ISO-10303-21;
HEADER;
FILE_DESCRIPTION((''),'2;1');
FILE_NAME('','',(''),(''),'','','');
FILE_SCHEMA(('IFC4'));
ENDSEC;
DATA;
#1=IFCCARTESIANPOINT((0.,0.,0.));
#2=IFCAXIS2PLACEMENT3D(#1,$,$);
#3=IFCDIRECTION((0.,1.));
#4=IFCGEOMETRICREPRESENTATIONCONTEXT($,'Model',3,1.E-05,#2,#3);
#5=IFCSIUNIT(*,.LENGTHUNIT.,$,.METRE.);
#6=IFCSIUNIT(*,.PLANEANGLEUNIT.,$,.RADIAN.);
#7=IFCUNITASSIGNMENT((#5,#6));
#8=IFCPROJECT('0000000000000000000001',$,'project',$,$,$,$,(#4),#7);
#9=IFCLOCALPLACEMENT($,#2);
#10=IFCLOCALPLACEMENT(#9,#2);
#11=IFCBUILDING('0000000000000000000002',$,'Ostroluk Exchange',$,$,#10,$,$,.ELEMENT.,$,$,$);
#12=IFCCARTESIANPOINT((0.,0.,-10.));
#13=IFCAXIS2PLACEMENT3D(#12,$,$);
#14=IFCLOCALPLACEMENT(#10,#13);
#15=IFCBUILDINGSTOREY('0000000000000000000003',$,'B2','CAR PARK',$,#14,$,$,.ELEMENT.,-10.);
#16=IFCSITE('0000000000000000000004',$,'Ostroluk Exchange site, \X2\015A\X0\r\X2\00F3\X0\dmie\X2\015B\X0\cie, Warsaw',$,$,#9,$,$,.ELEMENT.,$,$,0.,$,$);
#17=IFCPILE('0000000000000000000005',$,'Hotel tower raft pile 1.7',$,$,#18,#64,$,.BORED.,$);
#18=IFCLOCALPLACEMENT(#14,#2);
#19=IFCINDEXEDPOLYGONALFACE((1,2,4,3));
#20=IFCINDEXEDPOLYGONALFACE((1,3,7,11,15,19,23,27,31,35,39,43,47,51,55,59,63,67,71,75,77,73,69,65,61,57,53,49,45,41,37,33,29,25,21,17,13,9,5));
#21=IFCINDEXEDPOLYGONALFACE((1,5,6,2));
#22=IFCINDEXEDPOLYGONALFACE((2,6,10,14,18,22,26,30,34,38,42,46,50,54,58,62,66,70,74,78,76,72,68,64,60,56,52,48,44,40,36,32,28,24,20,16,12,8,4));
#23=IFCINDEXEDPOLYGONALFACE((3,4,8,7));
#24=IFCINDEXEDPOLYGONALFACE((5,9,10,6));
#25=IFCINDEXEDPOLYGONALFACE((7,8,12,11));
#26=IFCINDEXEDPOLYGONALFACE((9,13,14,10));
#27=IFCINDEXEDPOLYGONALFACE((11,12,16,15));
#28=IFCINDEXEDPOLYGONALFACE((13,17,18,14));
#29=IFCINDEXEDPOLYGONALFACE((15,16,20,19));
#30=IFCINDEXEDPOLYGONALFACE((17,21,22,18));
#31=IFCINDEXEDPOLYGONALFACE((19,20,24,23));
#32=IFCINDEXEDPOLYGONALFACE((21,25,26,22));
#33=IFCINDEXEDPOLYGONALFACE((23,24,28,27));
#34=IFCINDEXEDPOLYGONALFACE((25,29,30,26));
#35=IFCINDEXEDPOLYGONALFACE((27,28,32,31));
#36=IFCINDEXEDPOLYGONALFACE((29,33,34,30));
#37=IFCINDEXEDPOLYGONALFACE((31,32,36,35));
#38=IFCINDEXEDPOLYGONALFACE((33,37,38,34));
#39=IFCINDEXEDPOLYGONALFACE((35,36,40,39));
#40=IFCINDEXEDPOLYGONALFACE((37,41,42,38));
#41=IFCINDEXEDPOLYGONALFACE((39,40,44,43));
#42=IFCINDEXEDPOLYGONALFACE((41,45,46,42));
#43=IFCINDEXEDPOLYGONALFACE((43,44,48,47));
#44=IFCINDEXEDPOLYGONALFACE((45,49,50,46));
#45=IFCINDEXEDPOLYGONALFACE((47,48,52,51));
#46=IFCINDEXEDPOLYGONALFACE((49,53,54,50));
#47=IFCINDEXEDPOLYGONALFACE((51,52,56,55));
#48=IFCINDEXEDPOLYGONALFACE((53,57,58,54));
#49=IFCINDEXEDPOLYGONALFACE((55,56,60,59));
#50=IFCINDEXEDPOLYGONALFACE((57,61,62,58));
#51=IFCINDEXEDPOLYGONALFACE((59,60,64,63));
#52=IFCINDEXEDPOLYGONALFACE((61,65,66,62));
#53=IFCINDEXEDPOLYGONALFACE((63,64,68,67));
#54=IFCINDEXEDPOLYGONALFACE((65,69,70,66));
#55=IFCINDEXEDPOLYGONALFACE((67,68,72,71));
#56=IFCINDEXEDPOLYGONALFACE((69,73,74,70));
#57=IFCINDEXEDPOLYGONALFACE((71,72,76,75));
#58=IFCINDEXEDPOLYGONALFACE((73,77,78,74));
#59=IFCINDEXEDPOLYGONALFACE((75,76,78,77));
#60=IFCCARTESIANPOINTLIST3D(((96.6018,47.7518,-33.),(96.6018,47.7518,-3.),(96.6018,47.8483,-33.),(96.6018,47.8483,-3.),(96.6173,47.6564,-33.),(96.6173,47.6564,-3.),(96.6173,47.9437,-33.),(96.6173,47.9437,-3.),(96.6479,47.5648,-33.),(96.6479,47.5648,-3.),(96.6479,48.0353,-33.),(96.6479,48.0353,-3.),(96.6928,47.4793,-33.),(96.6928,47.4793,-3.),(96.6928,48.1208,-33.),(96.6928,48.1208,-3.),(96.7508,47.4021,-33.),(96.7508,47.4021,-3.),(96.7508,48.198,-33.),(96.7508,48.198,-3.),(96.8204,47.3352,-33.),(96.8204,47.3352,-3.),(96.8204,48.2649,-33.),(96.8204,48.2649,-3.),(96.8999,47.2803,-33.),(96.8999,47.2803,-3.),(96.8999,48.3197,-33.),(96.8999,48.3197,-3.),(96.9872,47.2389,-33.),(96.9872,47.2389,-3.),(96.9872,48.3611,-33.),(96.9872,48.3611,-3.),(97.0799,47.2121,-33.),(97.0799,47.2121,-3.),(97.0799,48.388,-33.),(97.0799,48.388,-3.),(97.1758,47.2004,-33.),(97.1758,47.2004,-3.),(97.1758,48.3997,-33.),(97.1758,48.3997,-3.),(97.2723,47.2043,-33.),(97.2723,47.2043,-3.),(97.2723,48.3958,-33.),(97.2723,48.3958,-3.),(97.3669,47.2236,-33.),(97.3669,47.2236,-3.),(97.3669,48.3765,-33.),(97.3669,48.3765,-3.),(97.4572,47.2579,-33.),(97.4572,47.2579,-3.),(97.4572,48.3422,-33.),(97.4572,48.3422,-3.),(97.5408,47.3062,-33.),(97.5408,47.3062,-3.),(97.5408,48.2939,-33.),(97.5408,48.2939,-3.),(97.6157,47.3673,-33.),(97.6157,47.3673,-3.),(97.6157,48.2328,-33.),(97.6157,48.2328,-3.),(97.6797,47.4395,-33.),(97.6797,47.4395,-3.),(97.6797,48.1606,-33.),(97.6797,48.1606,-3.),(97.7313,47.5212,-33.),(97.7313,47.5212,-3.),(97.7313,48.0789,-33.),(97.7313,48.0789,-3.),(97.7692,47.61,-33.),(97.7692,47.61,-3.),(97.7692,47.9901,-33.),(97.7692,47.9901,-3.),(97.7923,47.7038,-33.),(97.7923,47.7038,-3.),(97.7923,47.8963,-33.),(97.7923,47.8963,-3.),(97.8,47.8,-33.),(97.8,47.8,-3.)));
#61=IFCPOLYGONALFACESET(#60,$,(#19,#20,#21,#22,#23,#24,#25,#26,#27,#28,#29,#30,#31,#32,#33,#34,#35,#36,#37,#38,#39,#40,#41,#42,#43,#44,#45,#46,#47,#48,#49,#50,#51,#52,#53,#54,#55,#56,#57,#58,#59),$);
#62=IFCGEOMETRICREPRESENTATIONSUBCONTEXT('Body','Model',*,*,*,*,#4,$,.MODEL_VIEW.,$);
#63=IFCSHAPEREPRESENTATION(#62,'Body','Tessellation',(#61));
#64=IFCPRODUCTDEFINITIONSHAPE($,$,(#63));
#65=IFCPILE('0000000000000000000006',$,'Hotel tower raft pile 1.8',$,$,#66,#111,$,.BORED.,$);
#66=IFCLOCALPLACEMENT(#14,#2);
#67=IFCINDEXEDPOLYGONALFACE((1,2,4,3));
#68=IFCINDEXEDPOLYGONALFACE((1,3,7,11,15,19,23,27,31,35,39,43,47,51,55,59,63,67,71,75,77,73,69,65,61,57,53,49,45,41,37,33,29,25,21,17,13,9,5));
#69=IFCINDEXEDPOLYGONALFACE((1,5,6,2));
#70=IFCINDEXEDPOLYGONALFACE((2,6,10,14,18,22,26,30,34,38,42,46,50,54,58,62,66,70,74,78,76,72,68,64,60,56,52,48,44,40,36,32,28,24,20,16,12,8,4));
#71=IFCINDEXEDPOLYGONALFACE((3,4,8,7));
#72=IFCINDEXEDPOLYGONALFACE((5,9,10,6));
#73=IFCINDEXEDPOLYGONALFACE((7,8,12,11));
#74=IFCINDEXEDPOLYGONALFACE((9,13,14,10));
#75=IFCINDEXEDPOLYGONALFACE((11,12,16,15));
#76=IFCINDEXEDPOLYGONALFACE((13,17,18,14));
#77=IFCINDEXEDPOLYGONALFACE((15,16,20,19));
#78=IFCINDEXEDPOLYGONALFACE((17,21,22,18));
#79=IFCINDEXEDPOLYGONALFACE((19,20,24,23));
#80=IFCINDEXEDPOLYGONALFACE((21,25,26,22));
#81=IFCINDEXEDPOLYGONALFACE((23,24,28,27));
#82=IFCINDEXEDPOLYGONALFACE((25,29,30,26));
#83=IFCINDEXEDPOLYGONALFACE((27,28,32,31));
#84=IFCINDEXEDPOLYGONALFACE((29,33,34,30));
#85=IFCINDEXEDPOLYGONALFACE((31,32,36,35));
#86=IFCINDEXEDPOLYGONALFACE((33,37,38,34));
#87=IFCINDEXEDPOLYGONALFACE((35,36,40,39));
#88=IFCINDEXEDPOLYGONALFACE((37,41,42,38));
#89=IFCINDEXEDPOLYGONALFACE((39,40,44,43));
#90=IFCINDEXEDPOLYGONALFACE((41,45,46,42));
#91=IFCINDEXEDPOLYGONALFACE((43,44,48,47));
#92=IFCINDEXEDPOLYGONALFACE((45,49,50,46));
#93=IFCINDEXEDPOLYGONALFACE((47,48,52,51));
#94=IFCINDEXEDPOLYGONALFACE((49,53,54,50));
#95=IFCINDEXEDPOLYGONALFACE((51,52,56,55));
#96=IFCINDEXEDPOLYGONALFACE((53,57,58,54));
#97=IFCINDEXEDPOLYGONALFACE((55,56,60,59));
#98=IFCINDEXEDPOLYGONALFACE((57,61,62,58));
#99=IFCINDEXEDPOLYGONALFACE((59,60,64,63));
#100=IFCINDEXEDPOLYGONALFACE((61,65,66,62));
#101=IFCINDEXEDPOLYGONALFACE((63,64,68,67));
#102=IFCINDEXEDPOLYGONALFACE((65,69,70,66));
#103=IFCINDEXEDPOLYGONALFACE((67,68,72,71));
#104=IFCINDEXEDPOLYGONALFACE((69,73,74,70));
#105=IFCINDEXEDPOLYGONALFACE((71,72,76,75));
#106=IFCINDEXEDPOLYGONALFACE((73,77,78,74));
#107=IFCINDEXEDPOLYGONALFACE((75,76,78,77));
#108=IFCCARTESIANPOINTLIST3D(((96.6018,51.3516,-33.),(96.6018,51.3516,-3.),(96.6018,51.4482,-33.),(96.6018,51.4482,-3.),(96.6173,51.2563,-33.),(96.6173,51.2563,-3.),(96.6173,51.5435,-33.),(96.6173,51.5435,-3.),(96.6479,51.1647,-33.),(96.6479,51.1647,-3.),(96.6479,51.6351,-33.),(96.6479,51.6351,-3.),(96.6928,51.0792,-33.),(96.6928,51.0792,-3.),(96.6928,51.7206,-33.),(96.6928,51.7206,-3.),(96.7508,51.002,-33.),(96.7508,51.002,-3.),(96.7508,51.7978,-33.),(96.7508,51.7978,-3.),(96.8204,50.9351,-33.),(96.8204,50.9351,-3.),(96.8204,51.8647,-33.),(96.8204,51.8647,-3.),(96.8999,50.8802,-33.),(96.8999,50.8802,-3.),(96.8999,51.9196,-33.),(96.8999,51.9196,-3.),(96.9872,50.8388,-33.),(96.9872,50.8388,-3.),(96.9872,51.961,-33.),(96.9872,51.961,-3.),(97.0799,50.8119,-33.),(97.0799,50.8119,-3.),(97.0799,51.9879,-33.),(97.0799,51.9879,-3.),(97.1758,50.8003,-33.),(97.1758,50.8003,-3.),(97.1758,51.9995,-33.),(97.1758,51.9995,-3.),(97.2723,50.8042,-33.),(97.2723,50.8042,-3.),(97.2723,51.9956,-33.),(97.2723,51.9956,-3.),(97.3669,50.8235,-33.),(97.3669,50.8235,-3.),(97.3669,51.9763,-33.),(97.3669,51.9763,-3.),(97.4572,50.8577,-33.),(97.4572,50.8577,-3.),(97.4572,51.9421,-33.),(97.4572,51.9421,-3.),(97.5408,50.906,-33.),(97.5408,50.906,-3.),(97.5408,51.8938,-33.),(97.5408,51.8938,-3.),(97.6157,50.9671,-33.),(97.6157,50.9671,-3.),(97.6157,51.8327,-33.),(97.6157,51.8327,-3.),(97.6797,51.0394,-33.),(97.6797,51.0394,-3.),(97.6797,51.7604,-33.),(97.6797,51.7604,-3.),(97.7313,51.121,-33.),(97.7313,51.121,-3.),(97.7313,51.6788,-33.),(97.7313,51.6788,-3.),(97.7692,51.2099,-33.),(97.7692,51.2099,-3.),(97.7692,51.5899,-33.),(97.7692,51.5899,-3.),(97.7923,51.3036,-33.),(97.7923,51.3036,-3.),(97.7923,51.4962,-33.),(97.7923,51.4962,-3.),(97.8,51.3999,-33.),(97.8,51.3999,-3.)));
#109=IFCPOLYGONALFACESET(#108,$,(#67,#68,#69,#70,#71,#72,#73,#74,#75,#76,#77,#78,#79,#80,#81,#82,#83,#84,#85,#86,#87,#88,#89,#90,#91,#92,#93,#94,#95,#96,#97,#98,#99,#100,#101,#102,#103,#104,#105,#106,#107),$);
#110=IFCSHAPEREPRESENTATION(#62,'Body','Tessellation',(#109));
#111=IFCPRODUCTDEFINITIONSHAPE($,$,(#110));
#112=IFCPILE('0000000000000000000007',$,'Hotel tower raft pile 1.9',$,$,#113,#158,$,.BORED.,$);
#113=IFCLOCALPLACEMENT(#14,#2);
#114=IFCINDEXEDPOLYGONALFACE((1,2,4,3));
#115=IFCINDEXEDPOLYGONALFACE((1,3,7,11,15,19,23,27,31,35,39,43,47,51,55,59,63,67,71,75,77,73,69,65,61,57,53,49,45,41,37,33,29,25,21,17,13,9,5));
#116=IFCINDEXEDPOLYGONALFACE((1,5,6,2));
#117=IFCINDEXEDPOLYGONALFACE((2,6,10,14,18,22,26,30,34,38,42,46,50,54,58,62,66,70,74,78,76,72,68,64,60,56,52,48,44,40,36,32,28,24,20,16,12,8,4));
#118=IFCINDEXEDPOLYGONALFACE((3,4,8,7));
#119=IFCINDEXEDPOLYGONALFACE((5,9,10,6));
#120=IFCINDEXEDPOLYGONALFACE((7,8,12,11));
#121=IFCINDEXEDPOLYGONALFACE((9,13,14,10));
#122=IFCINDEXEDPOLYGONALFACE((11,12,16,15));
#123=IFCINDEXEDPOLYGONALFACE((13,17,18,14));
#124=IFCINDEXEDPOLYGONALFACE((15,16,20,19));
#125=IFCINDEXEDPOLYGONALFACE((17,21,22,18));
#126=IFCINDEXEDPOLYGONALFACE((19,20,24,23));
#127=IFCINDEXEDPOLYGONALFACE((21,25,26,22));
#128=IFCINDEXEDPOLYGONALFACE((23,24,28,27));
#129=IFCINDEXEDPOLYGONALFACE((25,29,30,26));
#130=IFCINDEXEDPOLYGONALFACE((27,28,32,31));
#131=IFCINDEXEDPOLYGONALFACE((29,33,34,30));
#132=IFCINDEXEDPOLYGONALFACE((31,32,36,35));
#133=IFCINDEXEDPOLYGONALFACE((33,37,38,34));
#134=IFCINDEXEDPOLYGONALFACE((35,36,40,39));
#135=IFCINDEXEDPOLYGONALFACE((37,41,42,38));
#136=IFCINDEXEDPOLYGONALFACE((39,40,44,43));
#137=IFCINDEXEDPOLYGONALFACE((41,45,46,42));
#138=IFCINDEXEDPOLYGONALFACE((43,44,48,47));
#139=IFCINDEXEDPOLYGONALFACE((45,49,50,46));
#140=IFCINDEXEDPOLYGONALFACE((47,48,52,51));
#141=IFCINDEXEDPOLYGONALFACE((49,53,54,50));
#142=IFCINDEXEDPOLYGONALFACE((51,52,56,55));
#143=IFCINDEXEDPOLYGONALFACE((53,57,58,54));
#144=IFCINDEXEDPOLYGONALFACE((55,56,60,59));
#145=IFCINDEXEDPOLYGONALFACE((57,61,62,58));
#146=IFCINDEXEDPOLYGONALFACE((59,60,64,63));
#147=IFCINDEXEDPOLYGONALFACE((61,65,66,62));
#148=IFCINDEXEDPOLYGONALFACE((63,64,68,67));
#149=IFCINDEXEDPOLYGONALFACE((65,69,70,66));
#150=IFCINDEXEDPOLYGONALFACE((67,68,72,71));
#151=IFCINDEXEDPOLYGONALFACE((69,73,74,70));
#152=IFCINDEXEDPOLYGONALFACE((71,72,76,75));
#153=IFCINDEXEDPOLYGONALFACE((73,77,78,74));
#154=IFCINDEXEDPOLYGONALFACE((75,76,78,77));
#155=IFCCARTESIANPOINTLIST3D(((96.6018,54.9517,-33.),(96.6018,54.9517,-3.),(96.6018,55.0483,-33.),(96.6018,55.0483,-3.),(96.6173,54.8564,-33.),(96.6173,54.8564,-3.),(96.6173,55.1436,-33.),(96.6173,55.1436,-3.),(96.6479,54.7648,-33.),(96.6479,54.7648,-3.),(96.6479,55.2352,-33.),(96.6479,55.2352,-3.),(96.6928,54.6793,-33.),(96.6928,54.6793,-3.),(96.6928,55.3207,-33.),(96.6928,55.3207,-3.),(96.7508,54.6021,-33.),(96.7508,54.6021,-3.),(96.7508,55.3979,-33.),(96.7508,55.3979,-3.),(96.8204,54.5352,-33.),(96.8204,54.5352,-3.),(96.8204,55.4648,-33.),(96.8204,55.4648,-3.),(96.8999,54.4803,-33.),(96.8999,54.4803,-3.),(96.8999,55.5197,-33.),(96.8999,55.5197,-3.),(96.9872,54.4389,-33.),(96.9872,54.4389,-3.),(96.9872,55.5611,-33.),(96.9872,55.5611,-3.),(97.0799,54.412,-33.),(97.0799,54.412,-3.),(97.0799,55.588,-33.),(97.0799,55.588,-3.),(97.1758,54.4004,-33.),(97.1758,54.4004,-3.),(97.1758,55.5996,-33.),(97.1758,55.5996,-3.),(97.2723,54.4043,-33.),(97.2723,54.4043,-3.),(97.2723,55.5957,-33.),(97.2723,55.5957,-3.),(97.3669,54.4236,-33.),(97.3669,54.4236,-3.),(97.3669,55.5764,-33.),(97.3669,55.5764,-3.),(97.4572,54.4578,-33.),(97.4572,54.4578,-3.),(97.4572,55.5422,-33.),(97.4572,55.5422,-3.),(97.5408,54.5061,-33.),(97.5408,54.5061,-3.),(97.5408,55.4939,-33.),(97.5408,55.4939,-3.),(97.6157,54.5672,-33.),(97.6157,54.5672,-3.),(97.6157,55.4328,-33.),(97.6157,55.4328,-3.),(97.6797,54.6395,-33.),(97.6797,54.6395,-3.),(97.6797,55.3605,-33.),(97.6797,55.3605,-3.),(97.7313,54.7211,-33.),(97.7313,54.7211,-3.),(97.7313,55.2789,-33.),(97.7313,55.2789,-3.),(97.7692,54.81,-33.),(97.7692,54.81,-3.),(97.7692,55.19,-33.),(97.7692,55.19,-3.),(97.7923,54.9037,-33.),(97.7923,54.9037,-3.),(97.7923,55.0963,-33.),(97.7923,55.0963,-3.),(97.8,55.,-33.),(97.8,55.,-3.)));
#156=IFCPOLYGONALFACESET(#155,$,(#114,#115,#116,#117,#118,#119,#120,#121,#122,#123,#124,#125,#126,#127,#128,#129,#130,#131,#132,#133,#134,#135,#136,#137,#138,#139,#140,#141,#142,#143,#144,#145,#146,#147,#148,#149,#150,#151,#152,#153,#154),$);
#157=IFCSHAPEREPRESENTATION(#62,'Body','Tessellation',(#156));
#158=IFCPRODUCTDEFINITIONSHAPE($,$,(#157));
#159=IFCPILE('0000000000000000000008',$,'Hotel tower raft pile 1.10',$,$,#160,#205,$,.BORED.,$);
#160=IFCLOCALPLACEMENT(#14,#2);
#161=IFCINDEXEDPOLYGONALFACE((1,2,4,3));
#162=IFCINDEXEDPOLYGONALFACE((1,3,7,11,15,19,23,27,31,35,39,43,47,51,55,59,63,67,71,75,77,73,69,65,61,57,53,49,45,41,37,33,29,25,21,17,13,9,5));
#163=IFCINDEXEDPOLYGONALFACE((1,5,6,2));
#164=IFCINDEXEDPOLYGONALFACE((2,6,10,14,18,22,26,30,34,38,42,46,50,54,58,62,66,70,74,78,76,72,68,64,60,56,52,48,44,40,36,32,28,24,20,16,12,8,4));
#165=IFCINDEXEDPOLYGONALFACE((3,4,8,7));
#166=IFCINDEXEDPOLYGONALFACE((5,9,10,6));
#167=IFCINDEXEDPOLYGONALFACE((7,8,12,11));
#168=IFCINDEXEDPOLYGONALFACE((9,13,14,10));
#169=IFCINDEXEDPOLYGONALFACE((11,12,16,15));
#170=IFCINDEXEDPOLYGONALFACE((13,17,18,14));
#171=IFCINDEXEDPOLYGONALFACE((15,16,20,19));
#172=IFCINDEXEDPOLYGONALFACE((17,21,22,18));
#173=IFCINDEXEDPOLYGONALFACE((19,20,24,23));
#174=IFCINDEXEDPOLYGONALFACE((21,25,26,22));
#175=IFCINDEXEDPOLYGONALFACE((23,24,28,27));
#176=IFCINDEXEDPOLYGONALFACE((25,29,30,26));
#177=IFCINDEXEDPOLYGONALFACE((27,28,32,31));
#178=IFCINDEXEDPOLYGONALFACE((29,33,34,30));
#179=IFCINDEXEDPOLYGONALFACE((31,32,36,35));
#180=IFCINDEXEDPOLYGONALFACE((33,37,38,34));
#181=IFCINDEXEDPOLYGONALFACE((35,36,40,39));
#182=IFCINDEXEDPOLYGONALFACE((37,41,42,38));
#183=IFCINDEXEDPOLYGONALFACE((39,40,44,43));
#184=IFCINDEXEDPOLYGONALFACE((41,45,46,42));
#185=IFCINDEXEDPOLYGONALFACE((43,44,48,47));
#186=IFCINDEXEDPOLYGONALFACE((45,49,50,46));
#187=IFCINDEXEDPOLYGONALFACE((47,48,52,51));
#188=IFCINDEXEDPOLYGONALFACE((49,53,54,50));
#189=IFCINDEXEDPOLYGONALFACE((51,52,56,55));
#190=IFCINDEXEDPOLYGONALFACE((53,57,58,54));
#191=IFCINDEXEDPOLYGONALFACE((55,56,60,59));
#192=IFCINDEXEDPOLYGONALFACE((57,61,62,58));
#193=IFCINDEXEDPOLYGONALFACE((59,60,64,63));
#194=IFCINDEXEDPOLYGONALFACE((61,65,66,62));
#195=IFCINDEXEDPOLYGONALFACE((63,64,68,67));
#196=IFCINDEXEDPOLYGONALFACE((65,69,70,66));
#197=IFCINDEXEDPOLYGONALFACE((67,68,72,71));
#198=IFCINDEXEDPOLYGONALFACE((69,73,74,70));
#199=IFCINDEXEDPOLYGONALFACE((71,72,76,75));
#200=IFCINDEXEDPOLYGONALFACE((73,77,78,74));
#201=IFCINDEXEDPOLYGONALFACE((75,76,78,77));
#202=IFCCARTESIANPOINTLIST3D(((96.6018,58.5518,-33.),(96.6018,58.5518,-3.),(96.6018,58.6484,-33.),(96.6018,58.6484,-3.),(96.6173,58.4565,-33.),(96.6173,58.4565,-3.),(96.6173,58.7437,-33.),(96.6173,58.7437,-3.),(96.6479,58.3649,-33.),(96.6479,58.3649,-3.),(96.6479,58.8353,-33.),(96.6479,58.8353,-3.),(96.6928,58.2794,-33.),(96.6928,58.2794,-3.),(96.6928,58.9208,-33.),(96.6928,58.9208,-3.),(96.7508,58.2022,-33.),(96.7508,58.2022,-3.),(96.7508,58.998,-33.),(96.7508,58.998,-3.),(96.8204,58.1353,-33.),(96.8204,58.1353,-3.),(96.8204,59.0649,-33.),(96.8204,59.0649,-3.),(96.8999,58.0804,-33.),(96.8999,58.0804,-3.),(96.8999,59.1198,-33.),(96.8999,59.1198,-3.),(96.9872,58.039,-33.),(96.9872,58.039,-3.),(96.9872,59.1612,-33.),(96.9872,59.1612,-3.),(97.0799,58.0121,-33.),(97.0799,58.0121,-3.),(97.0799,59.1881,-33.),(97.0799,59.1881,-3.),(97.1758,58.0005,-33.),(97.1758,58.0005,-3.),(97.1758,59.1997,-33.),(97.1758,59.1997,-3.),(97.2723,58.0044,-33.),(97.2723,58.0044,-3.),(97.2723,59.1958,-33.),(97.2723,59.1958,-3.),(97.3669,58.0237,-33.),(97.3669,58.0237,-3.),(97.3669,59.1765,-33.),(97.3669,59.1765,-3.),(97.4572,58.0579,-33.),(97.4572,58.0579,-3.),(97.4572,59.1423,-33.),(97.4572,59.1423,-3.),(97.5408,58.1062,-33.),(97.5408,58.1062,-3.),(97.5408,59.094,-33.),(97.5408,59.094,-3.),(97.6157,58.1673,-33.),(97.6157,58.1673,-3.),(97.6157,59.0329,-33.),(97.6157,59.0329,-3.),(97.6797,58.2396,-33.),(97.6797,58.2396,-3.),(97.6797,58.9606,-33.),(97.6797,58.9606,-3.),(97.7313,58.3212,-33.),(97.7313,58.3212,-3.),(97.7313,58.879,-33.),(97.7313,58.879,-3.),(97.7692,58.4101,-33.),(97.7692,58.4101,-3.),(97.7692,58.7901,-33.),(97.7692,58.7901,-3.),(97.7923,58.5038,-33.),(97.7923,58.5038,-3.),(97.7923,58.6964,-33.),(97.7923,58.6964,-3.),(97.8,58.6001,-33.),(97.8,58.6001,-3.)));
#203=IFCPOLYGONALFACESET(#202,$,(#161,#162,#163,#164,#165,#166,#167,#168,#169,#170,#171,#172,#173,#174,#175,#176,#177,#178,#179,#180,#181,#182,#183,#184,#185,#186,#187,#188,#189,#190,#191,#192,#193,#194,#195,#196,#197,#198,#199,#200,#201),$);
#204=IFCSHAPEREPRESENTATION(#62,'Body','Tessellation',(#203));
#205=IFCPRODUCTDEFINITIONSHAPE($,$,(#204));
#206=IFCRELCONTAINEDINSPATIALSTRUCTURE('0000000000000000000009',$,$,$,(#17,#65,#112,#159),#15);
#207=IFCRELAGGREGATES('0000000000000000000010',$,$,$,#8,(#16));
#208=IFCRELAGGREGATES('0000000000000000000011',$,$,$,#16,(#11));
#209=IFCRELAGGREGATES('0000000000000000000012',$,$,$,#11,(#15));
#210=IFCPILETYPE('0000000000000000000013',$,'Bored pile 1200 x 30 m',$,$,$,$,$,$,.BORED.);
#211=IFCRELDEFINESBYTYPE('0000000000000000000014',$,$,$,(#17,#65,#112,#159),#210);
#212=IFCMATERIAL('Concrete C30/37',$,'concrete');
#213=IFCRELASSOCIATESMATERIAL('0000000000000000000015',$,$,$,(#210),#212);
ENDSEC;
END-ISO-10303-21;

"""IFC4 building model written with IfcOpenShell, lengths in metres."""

from ifc_helpers import new_model, si_unit, direction, frame, origin, origin_2d, place, context, subcontext, project, spatial, circle, extrude, material, type_object, element, save


model = new_model("IFC4")

# Units and contexts
model_context = context("Model", 3, precision=1e-05, world=origin(), true_north=direction((0.0, 1.0)))
body_context = subcontext(model_context, "Body", "Model", "MODEL_VIEW")
ifc_project = project(units=[si_unit("LENGTHUNIT", "METRE"), si_unit("PLANEANGLEUNIT", "RADIAN")], contexts=[model_context])

# Site, building, storey
site_placement = place(None, origin())
site = spatial("IfcSite", under=ifc_project, at=site_placement, Name="Ostroluk Exchange site, Śródmieście, Warsaw", CompositionType="ELEMENT", RefElevation=0.0)
building_placement = place(site_placement, origin())
building = spatial("IfcBuilding", under=site, at=building_placement, Name="Ostroluk Exchange", CompositionType="ELEMENT")
storey_placement = place(building_placement, frame((0.0, 0.0, -10.0)))
storey = spatial("IfcBuildingStorey", under=building, at=storey_placement, Name="B2", Description="CAR PARK", CompositionType="ELEMENT", Elevation=-10.0)

# Piles
ifc_material_1 = material(Name="Concrete C30/37", Category="concrete")
pile_type_1 = type_object("IfcPileType", Name="Bored pile 1200 x 30 m", PredefinedType="BORED", material=ifc_material_1)
for number, where, z_axis, x_axis, name in (
    (1, (97.2, 47.8, -3.0), (0.0, 0.0, -1.0), (1.0, 0.0, 0.0), "Hotel tower raft pile 1.7"),
    (2, (97.2, 51.3999, -3.0), (0.0, 0.0, -1.0), (1.0, 0.0, 0.0), "Hotel tower raft pile 1.8"),
    (3, (97.2, 55.0, -3.0), (0.0, 0.0, -1.0), (1.0, 0.0, 0.0), "Hotel tower raft pile 1.9"),
    (4, (97.2, 58.6001, -3.0), (0.0, 0.0, -1.0), (1.0, 0.0, 0.0), "Hotel tower raft pile 1.10"),
):
    element("IfcPile", number, at=place(storey_placement, frame(where, z_axis=z_axis, x_axis=x_axis)), inside=storey, type_object=pile_type_1, Name=name, PredefinedType="BORED", context=body_context, shape_type="SweptSolid", body=[
        extrude(circle(Radius=0.6001, at=origin_2d()), origin(), (0.0, 0.0, 1.0), 30.0),
    ])

save(model, "model.ifc")
